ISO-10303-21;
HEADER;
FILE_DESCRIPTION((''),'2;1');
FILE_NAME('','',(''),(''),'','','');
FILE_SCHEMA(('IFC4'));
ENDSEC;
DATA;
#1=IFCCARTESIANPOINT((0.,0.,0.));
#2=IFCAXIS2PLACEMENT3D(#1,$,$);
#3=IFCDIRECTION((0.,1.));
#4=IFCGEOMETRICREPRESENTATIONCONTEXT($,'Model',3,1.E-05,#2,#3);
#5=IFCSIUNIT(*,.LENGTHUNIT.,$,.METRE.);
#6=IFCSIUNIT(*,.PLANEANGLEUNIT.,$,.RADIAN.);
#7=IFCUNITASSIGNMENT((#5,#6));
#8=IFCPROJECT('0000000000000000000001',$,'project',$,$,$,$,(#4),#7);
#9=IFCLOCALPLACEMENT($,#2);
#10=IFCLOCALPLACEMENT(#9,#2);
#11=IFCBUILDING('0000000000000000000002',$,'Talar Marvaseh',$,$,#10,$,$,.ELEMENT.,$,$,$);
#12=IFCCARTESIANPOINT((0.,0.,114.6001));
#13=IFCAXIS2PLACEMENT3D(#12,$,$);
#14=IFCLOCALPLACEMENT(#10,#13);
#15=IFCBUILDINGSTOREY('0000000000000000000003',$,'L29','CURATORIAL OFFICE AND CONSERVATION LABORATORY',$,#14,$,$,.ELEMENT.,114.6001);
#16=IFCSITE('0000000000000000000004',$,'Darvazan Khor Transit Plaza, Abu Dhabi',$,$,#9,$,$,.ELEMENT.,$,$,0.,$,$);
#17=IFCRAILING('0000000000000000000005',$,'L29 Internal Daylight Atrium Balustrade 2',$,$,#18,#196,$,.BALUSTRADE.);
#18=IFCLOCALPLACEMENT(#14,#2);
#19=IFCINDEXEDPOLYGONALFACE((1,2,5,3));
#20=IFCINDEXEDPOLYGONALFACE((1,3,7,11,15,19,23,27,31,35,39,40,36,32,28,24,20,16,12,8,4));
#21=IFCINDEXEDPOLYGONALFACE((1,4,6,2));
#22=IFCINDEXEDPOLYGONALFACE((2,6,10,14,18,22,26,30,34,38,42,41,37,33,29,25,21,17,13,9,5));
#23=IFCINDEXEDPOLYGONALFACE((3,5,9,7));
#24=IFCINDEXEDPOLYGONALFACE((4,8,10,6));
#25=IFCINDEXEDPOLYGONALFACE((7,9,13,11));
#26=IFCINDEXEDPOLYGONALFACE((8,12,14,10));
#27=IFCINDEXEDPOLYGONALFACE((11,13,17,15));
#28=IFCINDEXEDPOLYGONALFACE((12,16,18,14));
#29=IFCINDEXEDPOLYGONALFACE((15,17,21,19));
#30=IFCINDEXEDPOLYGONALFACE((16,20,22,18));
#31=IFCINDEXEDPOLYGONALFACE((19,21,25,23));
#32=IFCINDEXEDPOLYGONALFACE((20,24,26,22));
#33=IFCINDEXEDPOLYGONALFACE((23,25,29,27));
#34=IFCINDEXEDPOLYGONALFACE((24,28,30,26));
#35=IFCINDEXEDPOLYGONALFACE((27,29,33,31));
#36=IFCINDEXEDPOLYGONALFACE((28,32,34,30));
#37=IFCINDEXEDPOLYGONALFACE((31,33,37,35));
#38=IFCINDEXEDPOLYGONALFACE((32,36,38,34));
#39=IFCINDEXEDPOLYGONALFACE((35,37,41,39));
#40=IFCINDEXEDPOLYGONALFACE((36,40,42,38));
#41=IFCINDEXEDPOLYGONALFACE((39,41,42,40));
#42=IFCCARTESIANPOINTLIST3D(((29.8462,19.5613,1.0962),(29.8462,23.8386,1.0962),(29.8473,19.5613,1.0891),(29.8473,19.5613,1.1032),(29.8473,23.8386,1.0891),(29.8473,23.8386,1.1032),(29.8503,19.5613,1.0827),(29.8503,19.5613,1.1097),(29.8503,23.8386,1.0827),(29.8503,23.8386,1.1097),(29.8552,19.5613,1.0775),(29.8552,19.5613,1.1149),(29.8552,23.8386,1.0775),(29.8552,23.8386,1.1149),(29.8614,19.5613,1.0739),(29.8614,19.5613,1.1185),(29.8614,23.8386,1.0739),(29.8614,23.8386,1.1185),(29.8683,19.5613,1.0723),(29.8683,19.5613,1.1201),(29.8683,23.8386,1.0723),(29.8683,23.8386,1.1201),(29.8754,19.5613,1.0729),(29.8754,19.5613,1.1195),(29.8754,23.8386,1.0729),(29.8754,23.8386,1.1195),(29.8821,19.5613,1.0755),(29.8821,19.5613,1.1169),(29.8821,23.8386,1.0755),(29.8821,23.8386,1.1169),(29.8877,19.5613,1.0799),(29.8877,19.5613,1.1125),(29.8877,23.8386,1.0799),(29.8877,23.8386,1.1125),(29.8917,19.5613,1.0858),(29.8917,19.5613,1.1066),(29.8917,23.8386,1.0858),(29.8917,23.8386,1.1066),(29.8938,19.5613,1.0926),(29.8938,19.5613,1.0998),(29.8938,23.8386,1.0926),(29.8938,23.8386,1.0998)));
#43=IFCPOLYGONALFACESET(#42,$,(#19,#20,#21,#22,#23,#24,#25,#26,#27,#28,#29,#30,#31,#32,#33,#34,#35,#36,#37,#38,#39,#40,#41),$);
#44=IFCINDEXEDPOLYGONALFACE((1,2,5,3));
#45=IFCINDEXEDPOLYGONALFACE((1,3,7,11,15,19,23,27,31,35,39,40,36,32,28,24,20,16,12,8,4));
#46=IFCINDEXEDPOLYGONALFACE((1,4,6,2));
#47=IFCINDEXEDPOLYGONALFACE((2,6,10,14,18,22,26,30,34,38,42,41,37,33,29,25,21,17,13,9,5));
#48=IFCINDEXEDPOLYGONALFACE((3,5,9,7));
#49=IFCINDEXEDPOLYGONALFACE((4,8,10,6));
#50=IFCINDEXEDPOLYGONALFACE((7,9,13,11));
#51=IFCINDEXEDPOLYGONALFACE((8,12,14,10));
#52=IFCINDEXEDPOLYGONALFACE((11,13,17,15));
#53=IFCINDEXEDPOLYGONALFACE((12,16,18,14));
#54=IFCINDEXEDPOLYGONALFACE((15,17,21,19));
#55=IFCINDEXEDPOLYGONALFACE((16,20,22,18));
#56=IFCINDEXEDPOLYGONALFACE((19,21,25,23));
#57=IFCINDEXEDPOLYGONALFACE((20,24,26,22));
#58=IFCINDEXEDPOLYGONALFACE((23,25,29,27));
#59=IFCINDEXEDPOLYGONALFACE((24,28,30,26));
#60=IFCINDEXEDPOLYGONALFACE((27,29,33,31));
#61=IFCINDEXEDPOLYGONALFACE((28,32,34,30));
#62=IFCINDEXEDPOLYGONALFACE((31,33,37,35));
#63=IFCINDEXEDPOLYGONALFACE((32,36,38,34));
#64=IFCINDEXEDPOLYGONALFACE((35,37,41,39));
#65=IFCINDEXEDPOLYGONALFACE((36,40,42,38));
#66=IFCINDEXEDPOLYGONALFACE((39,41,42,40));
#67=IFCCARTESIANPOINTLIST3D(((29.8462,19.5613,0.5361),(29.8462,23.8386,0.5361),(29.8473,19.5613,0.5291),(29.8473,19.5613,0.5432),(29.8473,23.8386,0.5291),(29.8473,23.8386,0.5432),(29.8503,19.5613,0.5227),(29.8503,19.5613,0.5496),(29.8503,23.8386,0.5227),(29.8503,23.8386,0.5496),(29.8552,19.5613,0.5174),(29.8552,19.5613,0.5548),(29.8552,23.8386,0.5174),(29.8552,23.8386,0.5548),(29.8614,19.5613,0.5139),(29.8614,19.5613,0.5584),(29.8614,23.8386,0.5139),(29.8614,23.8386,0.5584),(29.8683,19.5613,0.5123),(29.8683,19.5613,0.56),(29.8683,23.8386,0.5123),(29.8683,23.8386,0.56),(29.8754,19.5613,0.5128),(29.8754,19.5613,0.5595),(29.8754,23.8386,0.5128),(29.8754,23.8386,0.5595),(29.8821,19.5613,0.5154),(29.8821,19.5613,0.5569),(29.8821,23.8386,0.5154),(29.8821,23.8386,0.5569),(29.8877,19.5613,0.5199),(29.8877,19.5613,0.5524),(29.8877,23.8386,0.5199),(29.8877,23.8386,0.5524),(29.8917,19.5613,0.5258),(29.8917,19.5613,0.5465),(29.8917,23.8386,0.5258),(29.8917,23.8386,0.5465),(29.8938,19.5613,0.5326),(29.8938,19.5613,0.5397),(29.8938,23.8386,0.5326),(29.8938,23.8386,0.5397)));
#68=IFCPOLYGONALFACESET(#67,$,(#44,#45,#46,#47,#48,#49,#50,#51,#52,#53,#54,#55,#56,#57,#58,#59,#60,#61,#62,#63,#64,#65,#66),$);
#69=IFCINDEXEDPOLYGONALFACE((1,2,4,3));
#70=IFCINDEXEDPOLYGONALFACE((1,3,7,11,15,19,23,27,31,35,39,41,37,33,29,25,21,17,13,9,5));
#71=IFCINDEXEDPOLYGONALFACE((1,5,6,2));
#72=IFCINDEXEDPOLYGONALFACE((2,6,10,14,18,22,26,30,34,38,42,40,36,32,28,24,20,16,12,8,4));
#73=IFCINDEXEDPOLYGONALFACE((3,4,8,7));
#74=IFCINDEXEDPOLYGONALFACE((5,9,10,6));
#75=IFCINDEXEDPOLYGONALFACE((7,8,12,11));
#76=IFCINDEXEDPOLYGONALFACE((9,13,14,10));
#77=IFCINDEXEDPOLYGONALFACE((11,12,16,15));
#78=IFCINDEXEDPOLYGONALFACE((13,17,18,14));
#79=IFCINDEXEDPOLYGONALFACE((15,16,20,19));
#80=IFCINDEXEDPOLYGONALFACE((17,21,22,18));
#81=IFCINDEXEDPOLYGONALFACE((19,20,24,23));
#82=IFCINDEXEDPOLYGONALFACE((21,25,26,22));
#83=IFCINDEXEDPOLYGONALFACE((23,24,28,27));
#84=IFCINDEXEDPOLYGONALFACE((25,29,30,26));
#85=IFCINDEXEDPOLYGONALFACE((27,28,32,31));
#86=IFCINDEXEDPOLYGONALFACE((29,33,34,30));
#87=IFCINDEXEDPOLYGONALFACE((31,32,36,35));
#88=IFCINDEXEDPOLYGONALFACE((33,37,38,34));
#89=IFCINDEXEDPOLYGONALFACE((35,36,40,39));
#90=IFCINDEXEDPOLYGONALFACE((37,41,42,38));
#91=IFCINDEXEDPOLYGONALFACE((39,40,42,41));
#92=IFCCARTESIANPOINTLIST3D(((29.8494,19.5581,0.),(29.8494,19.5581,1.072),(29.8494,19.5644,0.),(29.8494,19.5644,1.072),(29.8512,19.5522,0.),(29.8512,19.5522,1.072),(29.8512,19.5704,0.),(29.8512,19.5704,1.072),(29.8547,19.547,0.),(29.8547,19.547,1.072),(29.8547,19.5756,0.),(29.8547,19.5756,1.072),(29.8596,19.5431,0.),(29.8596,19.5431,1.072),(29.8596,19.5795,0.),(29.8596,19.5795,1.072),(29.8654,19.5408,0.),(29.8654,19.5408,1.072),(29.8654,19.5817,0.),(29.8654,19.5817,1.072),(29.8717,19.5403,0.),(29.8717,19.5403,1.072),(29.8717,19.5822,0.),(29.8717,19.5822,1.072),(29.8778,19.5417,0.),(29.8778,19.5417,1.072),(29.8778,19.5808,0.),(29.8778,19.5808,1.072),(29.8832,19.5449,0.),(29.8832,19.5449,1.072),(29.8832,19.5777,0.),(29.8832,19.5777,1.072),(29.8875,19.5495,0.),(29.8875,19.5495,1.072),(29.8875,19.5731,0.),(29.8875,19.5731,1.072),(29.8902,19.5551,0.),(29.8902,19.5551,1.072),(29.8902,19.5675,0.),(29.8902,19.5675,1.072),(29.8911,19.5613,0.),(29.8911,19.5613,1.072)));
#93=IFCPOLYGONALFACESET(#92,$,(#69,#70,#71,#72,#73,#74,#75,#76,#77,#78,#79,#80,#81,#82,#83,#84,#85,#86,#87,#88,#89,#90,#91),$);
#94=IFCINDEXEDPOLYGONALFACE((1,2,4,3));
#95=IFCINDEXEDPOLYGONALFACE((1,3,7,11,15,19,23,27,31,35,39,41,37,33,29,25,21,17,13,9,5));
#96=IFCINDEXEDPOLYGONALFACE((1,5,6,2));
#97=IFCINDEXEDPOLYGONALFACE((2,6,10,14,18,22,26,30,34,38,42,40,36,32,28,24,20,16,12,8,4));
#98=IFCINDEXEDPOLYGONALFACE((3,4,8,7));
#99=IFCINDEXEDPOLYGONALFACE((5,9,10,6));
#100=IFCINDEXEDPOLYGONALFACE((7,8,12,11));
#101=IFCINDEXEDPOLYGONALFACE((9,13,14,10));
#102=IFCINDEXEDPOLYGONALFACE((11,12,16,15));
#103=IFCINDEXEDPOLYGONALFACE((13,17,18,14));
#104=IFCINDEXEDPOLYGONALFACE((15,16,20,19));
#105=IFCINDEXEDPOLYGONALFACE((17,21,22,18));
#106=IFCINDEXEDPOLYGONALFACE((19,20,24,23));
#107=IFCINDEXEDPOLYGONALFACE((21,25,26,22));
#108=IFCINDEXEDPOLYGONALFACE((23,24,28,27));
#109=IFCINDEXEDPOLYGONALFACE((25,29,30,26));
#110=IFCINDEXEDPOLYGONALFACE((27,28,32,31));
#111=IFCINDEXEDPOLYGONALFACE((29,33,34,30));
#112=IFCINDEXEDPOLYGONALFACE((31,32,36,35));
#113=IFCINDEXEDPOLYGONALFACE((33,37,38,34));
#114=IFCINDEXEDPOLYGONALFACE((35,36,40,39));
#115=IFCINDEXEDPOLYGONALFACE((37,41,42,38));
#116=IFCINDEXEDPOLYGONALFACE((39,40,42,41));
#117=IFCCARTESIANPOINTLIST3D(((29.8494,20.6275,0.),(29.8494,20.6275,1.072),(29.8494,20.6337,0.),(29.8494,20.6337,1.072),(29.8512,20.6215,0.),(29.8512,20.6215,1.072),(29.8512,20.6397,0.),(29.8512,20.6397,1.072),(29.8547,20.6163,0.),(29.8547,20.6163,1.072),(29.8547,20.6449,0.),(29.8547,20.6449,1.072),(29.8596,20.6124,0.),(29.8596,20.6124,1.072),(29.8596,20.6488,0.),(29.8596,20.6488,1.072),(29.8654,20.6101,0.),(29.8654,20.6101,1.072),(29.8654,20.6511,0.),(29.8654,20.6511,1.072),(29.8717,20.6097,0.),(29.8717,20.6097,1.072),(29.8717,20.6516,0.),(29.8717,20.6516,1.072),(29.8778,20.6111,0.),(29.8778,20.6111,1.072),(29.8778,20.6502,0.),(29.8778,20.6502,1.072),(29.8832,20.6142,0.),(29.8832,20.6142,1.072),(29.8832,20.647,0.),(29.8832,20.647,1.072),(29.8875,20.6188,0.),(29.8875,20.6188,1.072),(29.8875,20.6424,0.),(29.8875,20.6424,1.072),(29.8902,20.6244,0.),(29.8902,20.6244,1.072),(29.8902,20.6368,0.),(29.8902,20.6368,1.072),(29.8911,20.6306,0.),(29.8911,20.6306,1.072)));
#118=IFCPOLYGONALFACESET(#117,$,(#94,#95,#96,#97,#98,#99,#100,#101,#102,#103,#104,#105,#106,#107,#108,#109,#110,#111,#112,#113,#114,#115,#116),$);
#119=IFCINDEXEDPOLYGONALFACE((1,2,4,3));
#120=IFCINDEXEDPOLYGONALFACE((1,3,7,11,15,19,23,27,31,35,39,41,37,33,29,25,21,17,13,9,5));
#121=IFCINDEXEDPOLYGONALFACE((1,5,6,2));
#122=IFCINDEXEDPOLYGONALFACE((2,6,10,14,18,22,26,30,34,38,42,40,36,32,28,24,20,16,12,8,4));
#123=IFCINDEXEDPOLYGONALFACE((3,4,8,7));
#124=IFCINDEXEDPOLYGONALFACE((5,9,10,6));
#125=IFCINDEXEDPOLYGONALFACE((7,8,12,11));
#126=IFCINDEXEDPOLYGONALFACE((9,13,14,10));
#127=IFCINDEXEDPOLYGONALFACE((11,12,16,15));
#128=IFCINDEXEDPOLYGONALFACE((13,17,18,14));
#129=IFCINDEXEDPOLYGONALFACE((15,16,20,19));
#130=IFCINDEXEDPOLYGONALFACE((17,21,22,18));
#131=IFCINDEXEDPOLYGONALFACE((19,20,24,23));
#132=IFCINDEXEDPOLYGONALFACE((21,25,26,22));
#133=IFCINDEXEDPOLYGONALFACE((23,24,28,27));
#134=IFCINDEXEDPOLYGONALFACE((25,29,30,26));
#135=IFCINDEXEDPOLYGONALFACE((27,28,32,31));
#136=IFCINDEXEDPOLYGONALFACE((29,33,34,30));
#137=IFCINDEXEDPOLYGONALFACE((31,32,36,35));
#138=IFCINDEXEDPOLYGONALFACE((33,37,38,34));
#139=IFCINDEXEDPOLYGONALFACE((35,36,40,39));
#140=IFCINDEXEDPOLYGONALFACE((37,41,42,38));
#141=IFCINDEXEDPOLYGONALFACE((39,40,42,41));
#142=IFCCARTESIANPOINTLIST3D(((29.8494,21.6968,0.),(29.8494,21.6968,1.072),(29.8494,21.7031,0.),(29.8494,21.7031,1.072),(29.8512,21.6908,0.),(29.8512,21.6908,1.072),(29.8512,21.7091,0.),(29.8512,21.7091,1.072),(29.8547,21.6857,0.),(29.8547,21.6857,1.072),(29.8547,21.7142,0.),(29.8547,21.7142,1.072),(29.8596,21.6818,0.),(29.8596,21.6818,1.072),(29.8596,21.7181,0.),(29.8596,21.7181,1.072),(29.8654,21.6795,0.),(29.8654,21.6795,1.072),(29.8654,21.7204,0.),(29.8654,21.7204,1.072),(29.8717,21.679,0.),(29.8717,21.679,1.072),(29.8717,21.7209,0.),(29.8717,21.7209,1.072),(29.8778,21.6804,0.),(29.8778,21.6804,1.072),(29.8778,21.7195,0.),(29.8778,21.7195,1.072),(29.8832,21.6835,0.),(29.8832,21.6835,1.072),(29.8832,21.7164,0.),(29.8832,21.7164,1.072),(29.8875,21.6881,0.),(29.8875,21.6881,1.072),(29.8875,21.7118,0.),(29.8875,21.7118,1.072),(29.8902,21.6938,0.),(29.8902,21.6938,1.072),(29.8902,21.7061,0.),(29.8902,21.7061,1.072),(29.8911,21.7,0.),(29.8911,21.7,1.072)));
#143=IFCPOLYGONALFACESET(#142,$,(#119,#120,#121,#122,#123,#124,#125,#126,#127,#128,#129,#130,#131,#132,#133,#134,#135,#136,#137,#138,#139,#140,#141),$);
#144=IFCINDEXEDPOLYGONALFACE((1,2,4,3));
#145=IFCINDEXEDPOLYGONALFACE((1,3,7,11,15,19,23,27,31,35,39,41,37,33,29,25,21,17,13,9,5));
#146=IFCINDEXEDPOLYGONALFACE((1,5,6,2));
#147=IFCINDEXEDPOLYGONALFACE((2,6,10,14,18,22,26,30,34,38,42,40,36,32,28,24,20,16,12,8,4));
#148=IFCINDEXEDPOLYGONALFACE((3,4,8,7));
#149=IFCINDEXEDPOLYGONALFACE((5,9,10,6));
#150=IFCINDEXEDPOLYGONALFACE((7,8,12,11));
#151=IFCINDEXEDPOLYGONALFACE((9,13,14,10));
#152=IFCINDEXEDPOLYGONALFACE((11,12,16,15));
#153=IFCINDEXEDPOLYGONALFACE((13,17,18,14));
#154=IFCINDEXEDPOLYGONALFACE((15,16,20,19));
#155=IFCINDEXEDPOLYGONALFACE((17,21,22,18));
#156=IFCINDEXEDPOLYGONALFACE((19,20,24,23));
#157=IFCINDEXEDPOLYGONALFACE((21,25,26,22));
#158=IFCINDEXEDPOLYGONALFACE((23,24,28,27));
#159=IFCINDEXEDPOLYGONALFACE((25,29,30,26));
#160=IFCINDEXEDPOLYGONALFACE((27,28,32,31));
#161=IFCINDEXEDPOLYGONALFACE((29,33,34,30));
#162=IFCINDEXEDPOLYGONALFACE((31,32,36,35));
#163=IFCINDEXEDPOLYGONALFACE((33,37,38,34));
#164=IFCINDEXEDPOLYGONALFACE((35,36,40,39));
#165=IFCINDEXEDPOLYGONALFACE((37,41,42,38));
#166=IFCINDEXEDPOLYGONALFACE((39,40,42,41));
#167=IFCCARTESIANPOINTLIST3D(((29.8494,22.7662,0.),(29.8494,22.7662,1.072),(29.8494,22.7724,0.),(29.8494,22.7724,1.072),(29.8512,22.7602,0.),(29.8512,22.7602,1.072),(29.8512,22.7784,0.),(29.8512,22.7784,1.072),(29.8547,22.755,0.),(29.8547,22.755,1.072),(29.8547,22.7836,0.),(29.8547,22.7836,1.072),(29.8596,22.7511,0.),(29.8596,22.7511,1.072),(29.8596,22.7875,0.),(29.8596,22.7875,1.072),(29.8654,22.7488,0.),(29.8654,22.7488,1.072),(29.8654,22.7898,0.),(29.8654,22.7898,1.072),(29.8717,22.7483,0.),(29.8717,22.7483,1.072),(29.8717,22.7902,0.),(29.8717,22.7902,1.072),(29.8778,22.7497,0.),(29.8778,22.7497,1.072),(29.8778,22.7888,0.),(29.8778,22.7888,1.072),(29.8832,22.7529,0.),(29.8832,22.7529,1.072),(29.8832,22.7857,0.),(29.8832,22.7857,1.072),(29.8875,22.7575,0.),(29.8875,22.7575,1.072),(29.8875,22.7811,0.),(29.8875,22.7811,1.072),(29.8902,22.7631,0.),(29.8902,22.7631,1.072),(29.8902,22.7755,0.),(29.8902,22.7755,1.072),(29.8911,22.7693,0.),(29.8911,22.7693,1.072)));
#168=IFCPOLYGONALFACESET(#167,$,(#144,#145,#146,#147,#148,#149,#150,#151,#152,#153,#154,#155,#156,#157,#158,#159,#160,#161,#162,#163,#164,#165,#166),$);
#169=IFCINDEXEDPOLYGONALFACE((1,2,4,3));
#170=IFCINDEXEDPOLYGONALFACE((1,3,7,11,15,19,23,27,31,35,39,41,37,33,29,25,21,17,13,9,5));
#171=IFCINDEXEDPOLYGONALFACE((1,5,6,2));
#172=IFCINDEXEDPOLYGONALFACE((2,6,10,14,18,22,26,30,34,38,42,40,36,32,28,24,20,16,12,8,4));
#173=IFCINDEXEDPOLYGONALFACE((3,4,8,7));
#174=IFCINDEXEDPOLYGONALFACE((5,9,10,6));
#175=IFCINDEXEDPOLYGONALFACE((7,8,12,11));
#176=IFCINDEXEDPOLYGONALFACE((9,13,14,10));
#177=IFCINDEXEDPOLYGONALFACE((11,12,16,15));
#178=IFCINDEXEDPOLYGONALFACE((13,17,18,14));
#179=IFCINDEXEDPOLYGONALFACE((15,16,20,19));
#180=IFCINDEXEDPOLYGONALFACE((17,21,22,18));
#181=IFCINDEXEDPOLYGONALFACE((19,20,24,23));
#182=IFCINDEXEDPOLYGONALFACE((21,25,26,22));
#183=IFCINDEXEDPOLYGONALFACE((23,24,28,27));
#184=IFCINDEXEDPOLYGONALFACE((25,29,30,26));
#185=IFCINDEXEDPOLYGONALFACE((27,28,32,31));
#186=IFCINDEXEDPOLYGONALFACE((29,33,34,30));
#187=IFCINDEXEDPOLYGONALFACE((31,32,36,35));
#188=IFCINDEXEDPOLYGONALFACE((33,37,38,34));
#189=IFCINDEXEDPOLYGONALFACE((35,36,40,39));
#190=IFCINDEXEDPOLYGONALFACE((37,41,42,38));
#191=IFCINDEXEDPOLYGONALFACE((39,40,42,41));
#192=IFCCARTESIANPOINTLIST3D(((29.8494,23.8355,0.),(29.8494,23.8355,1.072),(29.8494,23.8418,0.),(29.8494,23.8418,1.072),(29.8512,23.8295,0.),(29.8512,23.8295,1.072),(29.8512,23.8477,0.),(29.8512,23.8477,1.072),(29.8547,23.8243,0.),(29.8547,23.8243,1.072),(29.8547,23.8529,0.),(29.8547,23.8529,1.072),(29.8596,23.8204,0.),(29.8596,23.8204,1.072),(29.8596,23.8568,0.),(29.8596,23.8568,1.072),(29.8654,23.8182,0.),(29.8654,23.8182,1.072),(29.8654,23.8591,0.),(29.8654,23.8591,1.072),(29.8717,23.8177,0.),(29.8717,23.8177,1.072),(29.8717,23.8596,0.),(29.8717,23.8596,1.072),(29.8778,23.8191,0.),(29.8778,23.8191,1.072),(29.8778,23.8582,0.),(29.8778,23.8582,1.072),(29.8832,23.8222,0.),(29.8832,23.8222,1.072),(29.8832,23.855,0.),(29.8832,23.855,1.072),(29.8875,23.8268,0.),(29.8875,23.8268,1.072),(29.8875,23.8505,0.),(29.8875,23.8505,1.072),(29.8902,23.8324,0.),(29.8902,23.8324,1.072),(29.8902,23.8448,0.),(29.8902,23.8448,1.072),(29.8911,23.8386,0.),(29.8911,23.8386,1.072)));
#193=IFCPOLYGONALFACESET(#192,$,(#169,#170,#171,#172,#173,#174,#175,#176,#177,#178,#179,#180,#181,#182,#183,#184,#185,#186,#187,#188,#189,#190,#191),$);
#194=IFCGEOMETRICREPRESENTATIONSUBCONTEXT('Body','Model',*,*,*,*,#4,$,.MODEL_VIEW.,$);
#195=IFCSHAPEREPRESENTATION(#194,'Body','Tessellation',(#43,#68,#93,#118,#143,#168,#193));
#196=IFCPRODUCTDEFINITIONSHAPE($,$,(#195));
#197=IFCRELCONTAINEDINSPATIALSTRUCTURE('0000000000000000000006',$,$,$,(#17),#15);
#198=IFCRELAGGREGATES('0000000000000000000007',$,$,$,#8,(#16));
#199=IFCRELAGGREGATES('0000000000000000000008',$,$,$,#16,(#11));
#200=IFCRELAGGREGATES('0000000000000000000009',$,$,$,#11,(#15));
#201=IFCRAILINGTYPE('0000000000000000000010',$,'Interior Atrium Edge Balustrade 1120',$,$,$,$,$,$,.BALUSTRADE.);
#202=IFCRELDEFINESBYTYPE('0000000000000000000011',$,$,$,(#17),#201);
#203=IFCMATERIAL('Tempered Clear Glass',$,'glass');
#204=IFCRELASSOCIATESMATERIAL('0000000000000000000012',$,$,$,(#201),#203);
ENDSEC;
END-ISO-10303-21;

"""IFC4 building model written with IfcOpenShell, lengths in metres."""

from ifc_helpers import new_model, si_unit, direction, frame, origin, origin_2d, place, context, subcontext, project, spatial, circle, extrude, material, type_object, element, save


model = new_model("IFC4")

# Units and contexts
model_context = context("Model", 3, precision=1e-05, world=origin(), true_north=direction((0.0, 1.0)))
body_context = subcontext(model_context, "Body", "Model", "MODEL_VIEW")
ifc_project = project(units=[si_unit("LENGTHUNIT", "METRE"), si_unit("PLANEANGLEUNIT", "RADIAN")], contexts=[model_context])

# Site, building, storey
site_placement = place(None, origin())
site = spatial("IfcSite", under=ifc_project, at=site_placement, Name="Darvazan Khor Transit Plaza, Abu Dhabi", CompositionType="ELEMENT", RefElevation=0.0)
building_placement = place(site_placement, origin())
building = spatial("IfcBuilding", under=site, at=building_placement, Name="Talar Marvaseh", CompositionType="ELEMENT")
storey_placement = place(building_placement, frame((0.0, 0.0, 114.6001)))
storey = spatial("IfcBuildingStorey", under=building, at=storey_placement, Name="L29", Description="CURATORIAL OFFICE AND CONSERVATION LABORATORY", CompositionType="ELEMENT", Elevation=114.6001)

# Railing
ifc_material_1 = material(Name="Tempered Clear Glass", Category="glass")
railing_type_1 = type_object("IfcRailingType", Name="Interior Atrium Edge Balustrade 1120", PredefinedType="BALUSTRADE", material=ifc_material_1)
railing_1_placement = place(storey_placement, frame((29.8701, 19.5613, 0.0)))
element("IfcRailing", 1, at=railing_1_placement, inside=storey, type_object=railing_type_1, Name="L29 Internal Daylight Atrium Balustrade 2", PredefinedType="BALUSTRADE", context=body_context, shape_type="SweptSolid", body=[
    extrude(circle(Radius=0.0239, at=origin_2d()), frame((0.0, 0.0, 1.0962), z_axis=(0.0, 1.0, 0.0), x_axis=(-1.0, 0.0, 0.0)), (0.0, 0.0, 1.0), 4.2773),
    extrude(circle(Radius=0.0239, at=origin_2d()), frame((0.0, 0.0, 0.5361), z_axis=(0.0, 1.0, 0.0), x_axis=(-1.0, 0.0, 0.0)), (0.0, 0.0, 1.0), 4.2773),
    extrude(circle(Radius=0.021, at=origin_2d()), origin(), (0.0, 0.0, 1.0), 1.072),
    extrude(circle(Radius=0.021, at=origin_2d()), frame((0.0, 1.0693, 0.0)), (0.0, 0.0, 1.0), 1.072),
    extrude(circle(Radius=0.021, at=origin_2d()), frame((0.0, 2.1387, 0.0)), (0.0, 0.0, 1.0), 1.072),
    extrude(circle(Radius=0.021, at=origin_2d()), frame((0.0, 3.208, 0.0)), (0.0, 0.0, 1.0), 1.072),
    extrude(circle(Radius=0.021, at=origin_2d()), frame((0.0, 4.2773, 0.0)), (0.0, 0.0, 1.0), 1.072),
])

save(model, "model.ifc")
